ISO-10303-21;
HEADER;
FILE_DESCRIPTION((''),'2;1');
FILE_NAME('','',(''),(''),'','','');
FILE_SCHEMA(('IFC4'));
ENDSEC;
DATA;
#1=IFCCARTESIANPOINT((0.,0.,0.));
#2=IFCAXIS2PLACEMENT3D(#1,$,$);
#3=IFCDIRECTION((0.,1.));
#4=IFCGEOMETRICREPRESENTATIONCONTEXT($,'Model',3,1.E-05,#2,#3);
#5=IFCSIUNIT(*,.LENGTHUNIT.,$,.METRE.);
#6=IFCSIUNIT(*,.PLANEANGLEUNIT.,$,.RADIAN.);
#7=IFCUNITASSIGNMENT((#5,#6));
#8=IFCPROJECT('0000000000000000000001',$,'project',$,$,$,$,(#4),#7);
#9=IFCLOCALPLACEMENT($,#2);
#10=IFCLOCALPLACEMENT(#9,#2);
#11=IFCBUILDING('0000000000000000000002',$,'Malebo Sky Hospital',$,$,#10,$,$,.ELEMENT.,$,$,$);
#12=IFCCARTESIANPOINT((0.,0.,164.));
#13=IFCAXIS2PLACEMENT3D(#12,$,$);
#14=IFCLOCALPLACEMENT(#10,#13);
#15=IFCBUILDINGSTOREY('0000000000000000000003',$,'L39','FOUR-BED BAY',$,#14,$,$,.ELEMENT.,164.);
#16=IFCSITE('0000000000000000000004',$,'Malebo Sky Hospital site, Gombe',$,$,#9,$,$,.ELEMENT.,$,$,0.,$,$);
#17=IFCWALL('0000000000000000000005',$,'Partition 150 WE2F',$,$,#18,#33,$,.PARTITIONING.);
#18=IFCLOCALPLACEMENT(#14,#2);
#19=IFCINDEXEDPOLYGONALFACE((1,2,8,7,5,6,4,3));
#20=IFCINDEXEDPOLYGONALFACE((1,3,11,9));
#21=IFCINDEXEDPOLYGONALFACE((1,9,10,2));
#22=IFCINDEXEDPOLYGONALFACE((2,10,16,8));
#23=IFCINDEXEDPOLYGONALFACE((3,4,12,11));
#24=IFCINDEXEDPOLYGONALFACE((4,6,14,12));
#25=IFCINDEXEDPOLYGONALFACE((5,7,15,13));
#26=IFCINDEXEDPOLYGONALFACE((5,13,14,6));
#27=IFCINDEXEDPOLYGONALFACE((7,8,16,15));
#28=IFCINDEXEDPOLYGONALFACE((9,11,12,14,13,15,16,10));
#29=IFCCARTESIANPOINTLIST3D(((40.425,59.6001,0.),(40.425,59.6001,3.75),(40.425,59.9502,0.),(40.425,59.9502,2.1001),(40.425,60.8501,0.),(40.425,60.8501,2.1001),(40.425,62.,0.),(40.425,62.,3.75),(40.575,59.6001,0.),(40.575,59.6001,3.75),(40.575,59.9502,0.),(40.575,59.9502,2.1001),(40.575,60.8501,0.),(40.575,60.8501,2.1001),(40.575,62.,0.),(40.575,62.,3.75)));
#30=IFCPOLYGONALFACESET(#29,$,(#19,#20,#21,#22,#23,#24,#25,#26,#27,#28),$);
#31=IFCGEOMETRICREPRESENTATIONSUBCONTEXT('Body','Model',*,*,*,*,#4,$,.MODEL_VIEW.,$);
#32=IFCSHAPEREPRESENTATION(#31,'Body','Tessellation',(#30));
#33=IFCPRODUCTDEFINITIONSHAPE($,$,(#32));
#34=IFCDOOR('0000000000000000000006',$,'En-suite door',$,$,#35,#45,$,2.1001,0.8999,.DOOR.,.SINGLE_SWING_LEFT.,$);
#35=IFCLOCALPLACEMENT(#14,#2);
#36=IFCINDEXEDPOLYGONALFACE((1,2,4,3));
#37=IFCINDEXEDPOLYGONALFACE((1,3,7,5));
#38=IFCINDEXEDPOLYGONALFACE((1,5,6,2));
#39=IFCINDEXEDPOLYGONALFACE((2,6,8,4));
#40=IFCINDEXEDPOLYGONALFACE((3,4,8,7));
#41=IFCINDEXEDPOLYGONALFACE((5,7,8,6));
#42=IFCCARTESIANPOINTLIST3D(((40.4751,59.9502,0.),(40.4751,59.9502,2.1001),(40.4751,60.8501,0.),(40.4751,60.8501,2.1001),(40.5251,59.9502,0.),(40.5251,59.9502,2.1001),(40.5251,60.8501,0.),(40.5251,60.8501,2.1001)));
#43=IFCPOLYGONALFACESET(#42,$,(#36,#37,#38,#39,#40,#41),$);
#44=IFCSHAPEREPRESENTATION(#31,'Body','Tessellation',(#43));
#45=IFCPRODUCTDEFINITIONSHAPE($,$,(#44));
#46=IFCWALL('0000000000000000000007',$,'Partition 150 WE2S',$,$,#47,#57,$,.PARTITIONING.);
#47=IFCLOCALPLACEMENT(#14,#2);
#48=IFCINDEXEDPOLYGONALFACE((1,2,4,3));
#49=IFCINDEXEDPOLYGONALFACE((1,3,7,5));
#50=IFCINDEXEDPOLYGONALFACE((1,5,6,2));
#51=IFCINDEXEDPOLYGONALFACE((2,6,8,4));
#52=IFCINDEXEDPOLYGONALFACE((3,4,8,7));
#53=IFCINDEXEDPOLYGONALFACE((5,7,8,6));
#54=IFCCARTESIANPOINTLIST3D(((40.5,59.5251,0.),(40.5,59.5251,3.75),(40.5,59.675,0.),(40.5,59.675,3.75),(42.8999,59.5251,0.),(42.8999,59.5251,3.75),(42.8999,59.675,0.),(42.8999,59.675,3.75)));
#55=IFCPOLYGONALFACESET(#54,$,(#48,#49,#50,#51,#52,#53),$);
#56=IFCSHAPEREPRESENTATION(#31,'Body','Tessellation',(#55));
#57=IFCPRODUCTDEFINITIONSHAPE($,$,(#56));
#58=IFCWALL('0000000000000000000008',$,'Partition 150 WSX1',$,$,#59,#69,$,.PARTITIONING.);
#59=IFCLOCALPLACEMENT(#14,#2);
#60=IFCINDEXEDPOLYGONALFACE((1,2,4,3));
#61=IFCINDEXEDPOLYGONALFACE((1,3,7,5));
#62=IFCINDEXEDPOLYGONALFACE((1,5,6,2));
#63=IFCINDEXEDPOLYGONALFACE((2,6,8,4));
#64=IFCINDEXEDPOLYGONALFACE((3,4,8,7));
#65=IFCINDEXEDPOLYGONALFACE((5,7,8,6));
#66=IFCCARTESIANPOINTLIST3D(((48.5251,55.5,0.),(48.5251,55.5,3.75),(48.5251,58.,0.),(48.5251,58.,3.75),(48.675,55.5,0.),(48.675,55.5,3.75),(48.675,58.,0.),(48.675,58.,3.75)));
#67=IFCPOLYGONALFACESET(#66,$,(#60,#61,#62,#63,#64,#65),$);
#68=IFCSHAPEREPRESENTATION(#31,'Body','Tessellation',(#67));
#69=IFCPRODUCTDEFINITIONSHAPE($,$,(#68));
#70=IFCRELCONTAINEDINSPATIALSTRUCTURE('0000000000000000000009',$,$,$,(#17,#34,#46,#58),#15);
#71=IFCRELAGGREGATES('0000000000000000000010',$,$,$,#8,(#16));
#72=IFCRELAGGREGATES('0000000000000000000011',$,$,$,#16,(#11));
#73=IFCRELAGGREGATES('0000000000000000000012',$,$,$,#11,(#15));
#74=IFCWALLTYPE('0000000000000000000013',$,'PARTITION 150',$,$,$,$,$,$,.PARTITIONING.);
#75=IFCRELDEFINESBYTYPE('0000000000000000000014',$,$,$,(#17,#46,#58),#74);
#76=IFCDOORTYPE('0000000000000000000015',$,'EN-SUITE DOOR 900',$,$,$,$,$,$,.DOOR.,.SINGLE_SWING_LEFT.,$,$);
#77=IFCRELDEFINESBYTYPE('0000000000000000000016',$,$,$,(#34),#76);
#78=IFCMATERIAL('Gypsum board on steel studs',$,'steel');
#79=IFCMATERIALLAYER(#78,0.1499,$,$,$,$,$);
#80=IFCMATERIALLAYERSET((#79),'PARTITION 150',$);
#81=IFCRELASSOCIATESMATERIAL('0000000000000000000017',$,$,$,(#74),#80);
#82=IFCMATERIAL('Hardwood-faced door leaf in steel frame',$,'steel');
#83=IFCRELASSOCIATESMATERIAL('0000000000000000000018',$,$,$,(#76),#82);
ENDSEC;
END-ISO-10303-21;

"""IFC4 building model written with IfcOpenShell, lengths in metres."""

from ifc_helpers import new_model, si_unit, direction, frame, frame_2d, origin, place, context, subcontext, project, spatial, rectangle, extrude, material, layer, layer_set, type_object, element, fill, save


model = new_model("IFC4")

# Units and contexts
model_context = context("Model", 3, precision=1e-05, world=origin(), true_north=direction((0.0, 1.0)))
body_context = subcontext(model_context, "Body", "Model", "MODEL_VIEW")
ifc_project = project(units=[si_unit("LENGTHUNIT", "METRE"), si_unit("PLANEANGLEUNIT", "RADIAN")], contexts=[model_context])

# Site, building, storey
site_placement = place(None, origin())
site = spatial("IfcSite", under=ifc_project, at=site_placement, Name="Malebo Sky Hospital site, Gombe", CompositionType="ELEMENT", RefElevation=0.0)
building_placement = place(site_placement, origin())
building = spatial("IfcBuilding", under=site, at=building_placement, Name="Malebo Sky Hospital", CompositionType="ELEMENT")
storey_placement = place(building_placement, frame((0.0, 0.0, 164.0)))
storey = spatial("IfcBuildingStorey", under=building, at=storey_placement, Name="L39", Description="FOUR-BED BAY", CompositionType="ELEMENT", Elevation=164.0)

# Shared definitions
ifc_material_1 = material(Name="Gypsum board on steel studs", Category="steel")
ifc_material_2 = material(Name="Hardwood-faced door leaf in steel frame", Category="steel")

# Shared definitions
ifc_layer_1 = layer(ifc_material_1, 0.1499)
ifc_layer_set_1 = layer_set([ifc_layer_1], Name="PARTITION 150")
wall_type_1 = type_object("IfcWallType", Name="PARTITION 150", PredefinedType="PARTITIONING", material=ifc_layer_set_1)

# Shared definitions
door_type_1 = type_object("IfcDoorType", Name="EN-SUITE DOOR 900", OperationType="SINGLE_SWING_LEFT", PredefinedType="DOOR", material=ifc_material_2)

# Wall, opening, door
wall_1_placement = place(storey_placement, frame((40.5, 59.6001, 0.0), z_axis=(0.0, 0.0, 1.0), x_axis=(0.0, 1.0, 0.0)))
wall_1 = element("IfcWall", 1, at=wall_1_placement, inside=storey, type_object=wall_type_1, Name="Partition 150 WE2F", PredefinedType="PARTITIONING", context=body_context, shape_type="SweptSolid", body=[
    extrude(rectangle(XDim=2.3999, YDim=0.1499, at=frame_2d((1.2, 0.0))), origin(), (0.0, 0.0, 1.0), 3.75),
])
opening_1_placement = place(wall_1_placement, frame((0.3501, 0.0, 0.0)))
opening_1 = element("IfcOpeningElement", 2, at=opening_1_placement, cuts=wall_1, PredefinedType="OPENING", context=body_context, shape_type="SweptSolid", body=[
    extrude(rectangle(XDim=0.8999, YDim=2.1001, at=frame_2d((0.45, 1.05))), frame((0.0, 0.085, 0.0), z_axis=(0.0, -1.0, 0.0), x_axis=(1.0, 0.0, 0.0)), (0.0, 0.0, 1.0), 0.1699),
])
door_1_placement = place(opening_1_placement, origin())
door_1 = element("IfcDoor", 3, at=door_1_placement, inside=storey, type_object=door_type_1, Name="En-suite door", OperationType="SINGLE_SWING_LEFT", OverallHeight=2.1001, OverallWidth=0.8999, PredefinedType="DOOR", context=body_context, shape_type="SweptSolid", body=[
    extrude(rectangle(XDim=0.8999, YDim=2.1001, at=frame_2d((0.45, 1.05))), frame((0.0, 0.0249, 0.0), z_axis=(0.0, -1.0, 0.0), x_axis=(1.0, 0.0, 0.0)), (0.0, 0.0, 1.0), 0.05),
])
fill(opening_1, door_1)

# Walls
wall_2_placement = place(storey_placement, frame((42.8999, 59.6001, 0.0), z_axis=(0.0, 0.0, 1.0), x_axis=(-1.0, 0.0, 0.0)))
element("IfcWall", 4, at=wall_2_placement, inside=storey, type_object=wall_type_1, Name="Partition 150 WE2S", PredefinedType="PARTITIONING", context=body_context, shape_type="SweptSolid", body=[
    extrude(rectangle(XDim=2.3999, YDim=0.1499, at=frame_2d((1.2, 0.0))), origin(), (0.0, 0.0, 1.0), 3.75),
])
wall_3_placement = place(storey_placement, frame((48.6001, 55.5, 0.0), z_axis=(0.0, 0.0, 1.0), x_axis=(0.0, 1.0, 0.0)))
element("IfcWall", 5, at=wall_3_placement, inside=storey, type_object=wall_type_1, Name="Partition 150 WSX1", PredefinedType="PARTITIONING", context=body_context, shape_type="SweptSolid", body=[
    extrude(rectangle(XDim=2.5, YDim=0.1499, at=frame_2d((1.25, 0.0))), origin(), (0.0, 0.0, 1.0), 3.75),
])

save(model, "model.ifc")
